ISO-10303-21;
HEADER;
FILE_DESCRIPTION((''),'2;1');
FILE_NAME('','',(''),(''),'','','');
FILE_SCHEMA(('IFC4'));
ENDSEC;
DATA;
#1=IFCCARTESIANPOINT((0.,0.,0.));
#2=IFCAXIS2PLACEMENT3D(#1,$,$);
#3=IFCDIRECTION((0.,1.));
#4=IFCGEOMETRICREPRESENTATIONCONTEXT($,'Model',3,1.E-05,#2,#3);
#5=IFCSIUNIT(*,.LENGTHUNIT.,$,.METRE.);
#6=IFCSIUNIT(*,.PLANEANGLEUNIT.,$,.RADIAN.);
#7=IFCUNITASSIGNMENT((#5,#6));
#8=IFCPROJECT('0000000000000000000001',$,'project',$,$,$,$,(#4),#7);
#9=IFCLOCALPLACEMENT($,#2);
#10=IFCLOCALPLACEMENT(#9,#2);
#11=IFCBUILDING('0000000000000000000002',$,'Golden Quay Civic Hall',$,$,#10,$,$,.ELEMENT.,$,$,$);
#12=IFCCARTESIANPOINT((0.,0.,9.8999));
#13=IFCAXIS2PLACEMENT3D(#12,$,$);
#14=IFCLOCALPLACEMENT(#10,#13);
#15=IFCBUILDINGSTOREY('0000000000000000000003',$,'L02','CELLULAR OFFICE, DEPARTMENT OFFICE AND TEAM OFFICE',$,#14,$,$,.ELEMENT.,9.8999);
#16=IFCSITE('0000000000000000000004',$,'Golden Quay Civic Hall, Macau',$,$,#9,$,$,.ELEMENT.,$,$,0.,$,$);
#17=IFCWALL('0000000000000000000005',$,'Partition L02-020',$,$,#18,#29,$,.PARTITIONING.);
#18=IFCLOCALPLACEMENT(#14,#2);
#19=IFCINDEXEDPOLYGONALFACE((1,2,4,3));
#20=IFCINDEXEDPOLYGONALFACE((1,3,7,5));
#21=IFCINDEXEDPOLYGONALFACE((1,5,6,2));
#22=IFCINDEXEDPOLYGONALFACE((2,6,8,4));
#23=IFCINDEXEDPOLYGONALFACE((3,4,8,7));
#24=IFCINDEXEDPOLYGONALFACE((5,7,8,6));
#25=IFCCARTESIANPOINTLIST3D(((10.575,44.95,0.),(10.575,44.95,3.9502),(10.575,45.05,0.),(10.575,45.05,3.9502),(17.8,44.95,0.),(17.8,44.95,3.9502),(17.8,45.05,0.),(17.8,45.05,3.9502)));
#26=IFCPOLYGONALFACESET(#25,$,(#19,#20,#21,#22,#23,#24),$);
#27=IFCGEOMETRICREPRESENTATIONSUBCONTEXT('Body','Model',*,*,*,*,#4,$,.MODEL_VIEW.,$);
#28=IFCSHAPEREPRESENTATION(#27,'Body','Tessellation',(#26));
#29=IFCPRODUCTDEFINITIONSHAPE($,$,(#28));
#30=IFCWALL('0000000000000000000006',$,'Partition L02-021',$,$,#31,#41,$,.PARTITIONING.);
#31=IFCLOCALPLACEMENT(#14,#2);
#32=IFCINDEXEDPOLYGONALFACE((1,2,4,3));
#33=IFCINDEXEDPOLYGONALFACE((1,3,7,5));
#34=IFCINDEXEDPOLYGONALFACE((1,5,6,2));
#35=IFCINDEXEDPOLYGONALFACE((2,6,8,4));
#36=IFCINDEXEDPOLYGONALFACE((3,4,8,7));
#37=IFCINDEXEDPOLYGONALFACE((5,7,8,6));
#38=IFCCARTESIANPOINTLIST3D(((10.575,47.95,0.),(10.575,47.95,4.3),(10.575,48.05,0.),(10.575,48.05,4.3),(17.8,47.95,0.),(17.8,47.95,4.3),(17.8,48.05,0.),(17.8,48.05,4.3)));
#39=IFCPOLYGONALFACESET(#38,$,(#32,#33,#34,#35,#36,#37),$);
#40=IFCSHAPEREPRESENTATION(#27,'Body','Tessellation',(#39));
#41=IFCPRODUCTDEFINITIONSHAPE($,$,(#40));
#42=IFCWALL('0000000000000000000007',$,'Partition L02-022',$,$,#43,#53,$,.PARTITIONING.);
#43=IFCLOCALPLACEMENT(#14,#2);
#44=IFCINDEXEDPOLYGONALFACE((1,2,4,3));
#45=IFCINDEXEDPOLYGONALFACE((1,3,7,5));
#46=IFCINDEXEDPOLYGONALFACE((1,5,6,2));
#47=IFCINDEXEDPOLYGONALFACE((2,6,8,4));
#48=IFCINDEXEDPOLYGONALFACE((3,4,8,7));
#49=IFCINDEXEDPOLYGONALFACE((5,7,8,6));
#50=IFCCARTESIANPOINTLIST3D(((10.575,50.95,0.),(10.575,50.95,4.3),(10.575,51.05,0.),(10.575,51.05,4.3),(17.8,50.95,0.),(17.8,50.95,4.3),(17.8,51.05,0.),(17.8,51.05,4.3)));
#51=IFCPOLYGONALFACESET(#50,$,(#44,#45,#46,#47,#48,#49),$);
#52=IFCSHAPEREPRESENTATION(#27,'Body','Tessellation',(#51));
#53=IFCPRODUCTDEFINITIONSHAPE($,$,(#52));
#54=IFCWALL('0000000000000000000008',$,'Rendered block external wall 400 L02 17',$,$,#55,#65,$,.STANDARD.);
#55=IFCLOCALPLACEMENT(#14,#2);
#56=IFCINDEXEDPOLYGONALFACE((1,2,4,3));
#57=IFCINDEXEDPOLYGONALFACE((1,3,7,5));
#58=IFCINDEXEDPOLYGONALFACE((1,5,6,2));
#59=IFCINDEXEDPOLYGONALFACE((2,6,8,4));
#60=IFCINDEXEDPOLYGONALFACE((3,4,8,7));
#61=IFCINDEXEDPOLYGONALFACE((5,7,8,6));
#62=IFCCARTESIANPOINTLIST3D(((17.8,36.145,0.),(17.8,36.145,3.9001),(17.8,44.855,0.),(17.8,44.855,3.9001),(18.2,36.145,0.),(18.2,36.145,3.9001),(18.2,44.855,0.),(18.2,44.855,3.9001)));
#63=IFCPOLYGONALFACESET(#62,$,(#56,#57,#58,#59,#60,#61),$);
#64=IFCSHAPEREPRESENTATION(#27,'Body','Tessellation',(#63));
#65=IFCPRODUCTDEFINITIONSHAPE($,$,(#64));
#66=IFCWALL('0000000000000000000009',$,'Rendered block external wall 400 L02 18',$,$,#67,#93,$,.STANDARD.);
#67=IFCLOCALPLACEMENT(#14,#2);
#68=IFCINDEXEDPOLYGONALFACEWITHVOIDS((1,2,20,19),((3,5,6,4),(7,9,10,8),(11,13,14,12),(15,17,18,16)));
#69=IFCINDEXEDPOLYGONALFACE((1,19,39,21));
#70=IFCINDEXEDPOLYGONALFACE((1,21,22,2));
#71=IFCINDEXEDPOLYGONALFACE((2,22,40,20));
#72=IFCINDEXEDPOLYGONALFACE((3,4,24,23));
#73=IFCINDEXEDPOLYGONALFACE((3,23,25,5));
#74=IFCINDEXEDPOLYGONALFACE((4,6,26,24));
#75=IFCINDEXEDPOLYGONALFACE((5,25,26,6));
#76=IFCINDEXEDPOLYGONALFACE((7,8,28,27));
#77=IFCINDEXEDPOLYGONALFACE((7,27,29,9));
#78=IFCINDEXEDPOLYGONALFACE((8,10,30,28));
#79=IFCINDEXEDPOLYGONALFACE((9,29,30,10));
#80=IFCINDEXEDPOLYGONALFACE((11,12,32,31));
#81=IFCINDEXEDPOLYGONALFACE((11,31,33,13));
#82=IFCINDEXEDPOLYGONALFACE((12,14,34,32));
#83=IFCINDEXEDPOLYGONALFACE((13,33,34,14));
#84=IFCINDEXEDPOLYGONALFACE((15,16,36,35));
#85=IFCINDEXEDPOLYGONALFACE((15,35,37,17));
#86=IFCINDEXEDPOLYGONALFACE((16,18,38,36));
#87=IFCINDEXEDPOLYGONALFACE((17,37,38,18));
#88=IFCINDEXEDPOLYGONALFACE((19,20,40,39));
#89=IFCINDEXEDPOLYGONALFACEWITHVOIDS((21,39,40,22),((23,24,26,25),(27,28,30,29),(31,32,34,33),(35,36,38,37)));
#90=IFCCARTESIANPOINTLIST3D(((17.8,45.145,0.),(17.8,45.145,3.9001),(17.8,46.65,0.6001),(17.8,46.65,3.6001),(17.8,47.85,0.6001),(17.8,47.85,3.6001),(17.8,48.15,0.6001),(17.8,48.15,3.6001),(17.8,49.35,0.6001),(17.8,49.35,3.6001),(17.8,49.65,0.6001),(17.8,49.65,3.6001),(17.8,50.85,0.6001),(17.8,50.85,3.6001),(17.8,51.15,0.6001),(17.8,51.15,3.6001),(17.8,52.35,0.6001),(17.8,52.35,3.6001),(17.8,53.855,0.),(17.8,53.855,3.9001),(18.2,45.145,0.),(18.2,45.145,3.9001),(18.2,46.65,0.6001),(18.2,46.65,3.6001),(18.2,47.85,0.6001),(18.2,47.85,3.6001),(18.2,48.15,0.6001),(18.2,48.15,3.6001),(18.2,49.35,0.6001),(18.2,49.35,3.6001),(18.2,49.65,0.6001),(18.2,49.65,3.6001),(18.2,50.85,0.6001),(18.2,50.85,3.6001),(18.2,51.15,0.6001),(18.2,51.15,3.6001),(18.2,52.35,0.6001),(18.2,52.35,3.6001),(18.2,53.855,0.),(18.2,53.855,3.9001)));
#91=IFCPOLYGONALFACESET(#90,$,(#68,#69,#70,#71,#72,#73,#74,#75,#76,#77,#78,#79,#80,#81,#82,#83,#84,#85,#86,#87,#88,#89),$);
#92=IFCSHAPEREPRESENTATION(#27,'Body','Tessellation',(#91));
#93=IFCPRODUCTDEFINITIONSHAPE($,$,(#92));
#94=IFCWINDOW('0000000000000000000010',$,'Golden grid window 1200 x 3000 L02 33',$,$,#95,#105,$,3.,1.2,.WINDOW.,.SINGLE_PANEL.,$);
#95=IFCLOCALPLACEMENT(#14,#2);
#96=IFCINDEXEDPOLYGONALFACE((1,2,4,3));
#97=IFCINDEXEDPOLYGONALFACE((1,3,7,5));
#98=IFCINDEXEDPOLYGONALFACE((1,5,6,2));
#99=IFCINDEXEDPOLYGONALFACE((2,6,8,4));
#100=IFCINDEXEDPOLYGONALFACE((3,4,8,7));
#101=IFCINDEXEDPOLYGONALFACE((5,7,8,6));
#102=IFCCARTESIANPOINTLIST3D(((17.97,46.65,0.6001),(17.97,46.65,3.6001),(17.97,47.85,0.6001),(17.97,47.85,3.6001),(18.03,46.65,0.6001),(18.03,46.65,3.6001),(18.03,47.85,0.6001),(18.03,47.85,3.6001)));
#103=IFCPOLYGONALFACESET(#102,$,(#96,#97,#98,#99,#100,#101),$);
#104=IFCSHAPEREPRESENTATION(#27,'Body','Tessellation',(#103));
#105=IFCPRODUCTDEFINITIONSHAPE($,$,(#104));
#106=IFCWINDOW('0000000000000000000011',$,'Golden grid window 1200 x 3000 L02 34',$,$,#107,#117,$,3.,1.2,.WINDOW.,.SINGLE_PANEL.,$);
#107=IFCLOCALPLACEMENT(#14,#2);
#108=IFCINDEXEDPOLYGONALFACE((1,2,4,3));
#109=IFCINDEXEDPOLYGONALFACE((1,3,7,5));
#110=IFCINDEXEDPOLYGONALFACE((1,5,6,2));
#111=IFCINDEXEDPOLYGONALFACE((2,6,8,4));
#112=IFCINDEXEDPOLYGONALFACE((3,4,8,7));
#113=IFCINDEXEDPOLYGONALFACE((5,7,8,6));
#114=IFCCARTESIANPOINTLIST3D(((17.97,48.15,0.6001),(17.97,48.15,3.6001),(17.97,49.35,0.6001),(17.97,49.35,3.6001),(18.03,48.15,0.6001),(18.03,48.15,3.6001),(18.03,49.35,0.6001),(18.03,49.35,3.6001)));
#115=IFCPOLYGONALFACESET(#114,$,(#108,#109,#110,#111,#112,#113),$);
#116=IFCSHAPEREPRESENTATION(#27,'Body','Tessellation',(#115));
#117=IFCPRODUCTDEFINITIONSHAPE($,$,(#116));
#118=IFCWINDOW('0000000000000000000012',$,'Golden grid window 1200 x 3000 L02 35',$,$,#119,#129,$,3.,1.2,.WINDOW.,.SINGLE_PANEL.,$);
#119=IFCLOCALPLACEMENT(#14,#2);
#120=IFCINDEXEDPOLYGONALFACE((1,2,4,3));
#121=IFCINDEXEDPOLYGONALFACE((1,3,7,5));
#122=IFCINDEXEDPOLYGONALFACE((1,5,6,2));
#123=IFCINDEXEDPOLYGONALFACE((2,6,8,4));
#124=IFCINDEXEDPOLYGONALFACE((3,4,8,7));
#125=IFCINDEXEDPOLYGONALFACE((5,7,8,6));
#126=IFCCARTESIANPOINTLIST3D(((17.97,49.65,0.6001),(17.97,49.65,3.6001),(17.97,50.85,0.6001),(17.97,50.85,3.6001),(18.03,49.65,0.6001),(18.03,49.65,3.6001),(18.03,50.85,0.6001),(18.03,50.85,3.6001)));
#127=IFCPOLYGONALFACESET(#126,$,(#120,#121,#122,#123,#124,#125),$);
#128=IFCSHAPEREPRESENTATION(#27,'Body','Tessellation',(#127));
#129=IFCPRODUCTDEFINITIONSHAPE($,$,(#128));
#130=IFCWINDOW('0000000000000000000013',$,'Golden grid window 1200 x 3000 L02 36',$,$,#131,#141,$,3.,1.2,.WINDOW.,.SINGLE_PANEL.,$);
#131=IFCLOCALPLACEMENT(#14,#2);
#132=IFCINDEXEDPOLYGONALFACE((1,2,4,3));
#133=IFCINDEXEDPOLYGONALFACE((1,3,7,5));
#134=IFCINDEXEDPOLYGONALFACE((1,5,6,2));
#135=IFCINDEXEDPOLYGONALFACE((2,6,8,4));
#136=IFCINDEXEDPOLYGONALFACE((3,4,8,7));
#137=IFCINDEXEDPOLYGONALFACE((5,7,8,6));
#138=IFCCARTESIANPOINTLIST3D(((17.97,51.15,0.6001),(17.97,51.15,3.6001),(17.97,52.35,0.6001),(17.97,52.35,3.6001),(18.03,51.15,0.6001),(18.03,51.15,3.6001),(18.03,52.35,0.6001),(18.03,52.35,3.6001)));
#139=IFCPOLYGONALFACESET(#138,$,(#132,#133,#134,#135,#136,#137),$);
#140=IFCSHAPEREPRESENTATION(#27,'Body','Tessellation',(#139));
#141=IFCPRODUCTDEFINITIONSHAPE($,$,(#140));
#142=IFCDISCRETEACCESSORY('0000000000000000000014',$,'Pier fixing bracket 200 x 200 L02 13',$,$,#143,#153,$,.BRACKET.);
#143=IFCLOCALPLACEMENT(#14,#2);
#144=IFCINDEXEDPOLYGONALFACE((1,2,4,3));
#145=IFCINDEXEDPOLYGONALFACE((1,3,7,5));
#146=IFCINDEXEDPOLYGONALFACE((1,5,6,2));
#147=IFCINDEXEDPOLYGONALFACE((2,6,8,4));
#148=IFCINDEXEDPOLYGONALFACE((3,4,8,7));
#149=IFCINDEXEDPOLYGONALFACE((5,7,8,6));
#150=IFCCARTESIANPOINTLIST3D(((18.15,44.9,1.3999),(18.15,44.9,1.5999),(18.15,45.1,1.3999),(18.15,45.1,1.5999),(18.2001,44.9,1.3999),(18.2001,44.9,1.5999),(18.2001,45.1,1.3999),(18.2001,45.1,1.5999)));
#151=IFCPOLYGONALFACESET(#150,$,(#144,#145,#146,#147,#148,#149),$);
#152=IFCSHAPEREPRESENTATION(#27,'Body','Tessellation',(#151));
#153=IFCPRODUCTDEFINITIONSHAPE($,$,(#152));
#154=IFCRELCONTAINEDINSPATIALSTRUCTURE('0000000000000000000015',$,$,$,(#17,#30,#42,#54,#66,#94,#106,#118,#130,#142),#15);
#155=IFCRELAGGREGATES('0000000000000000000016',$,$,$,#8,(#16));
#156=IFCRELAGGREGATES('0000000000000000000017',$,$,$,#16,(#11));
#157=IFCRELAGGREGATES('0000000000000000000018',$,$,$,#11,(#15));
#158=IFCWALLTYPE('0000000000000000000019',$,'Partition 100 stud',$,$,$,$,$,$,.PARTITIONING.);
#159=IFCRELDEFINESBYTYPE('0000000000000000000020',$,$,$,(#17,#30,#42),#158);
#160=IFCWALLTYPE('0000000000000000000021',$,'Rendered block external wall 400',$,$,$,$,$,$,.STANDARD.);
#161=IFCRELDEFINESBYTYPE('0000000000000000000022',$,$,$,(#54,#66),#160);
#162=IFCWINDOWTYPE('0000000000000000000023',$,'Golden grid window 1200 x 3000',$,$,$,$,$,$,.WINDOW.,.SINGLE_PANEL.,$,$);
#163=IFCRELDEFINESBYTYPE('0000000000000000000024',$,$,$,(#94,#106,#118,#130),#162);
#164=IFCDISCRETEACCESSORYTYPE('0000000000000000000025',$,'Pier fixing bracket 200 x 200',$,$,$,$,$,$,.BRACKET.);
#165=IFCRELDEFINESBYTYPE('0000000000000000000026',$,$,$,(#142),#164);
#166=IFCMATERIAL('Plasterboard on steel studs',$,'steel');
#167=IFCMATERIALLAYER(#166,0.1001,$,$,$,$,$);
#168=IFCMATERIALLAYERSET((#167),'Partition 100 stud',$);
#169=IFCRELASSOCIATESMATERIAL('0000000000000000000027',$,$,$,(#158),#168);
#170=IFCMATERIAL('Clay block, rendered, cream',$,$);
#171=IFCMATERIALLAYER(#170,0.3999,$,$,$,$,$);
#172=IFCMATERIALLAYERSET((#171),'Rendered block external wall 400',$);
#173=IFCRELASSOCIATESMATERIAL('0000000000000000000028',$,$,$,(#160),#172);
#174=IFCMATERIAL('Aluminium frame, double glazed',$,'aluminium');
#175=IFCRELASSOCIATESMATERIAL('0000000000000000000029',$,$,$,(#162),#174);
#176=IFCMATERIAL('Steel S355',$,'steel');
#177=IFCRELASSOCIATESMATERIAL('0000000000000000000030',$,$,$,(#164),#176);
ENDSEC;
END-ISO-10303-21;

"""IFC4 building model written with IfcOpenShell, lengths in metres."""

from ifc_helpers import new_model, si_unit, direction, frame, frame_2d, origin, origin_2d, place, context, subcontext, project, spatial, rectangle, extrude, material, layer, layer_set, type_object, element, fill, save


model = new_model("IFC4")

# Units and contexts
model_context = context("Model", 3, precision=1e-05, world=origin(), true_north=direction((0.0, 1.0)))
body_context = subcontext(model_context, "Body", "Model", "MODEL_VIEW")
ifc_project = project(units=[si_unit("LENGTHUNIT", "METRE"), si_unit("PLANEANGLEUNIT", "RADIAN")], contexts=[model_context])

# Site, building, storey
site_placement = place(None, origin())
site = spatial("IfcSite", under=ifc_project, at=site_placement, Name="Golden Quay Civic Hall, Macau", CompositionType="ELEMENT", RefElevation=0.0)
building_placement = place(site_placement, origin())
building = spatial("IfcBuilding", under=site, at=building_placement, Name="Golden Quay Civic Hall", CompositionType="ELEMENT")
storey_placement = place(building_placement, frame((0.0, 0.0, 9.8999)))
storey = spatial("IfcBuildingStorey", under=building, at=storey_placement, Name="L02", Description="CELLULAR OFFICE, DEPARTMENT OFFICE AND TEAM OFFICE", CompositionType="ELEMENT", Elevation=9.8999)

# Walls
ifc_material_1 = material(Name="Plasterboard on steel studs", Category="steel")
ifc_layer_1 = layer(ifc_material_1, 0.1001)
ifc_layer_set_1 = layer_set([ifc_layer_1], Name="Partition 100 stud")
wall_type_1 = type_object("IfcWallType", Name="Partition 100 stud", PredefinedType="PARTITIONING", material=ifc_layer_set_1)
wall_1_placement = place(storey_placement, frame((10.575, 45.0, 0.0), z_axis=(0.0, 0.0, 1.0), x_axis=(1.0, 0.0, 0.0)))
element("IfcWall", 1, at=wall_1_placement, inside=storey, type_object=wall_type_1, Name="Partition L02-020", PredefinedType="PARTITIONING", context=body_context, shape_type="SweptSolid", body=[
    extrude(rectangle(XDim=7.2251, YDim=0.1001, at=frame_2d((3.6125, 0.0))), origin(), (0.0, 0.0, 1.0), 3.9502),
])
for number, where, z_axis, x_axis, name in (
    (2, (10.575, 48.0, 0.0), (0.0, 0.0, 1.0), (1.0, 0.0, 0.0), "Partition L02-021"),
    (3, (10.575, 51.0, 0.0), (0.0, 0.0, 1.0), (1.0, 0.0, 0.0), "Partition L02-022"),
):
    element("IfcWall", number, at=place(storey_placement, frame(where, z_axis=z_axis, x_axis=x_axis)), inside=storey, type_object=wall_type_1, Name=name, PredefinedType="PARTITIONING", context=body_context, shape_type="SweptSolid", body=[
        extrude(rectangle(XDim=7.2251, YDim=0.1001, at=frame_2d((3.6125, 0.0))), origin(), (0.0, 0.0, 1.0), 4.3),
    ])
ifc_material_2 = material(Name="Clay block, rendered, cream")
ifc_layer_2 = layer(ifc_material_2, 0.3999)
ifc_layer_set_2 = layer_set([ifc_layer_2], Name="Rendered block external wall 400")
wall_type_2 = type_object("IfcWallType", Name="Rendered block external wall 400", PredefinedType="STANDARD", material=ifc_layer_set_2)
wall_2_placement = place(storey_placement, frame((18.0, 44.855, 0.0), z_axis=(0.0, 0.0, 1.0), x_axis=(0.0, -1.0, 0.0)))
element("IfcWall", 4, at=wall_2_placement, inside=storey, type_object=wall_type_2, Name="Rendered block external wall 400 L02 17", PredefinedType="STANDARD", context=body_context, shape_type="SweptSolid", body=[
    extrude(rectangle(XDim=8.71, YDim=0.3999, at=frame_2d((4.355, 0.0))), origin(), (0.0, 0.0, 1.0), 3.9001),
])

# Wall, openings, windows
wall_3_placement = place(storey_placement, frame((18.0, 53.855, 0.0), z_axis=(0.0, 0.0, 1.0), x_axis=(0.0, -1.0, 0.0)))
wall_3 = element("IfcWall", 5, at=wall_3_placement, inside=storey, type_object=wall_type_2, Name="Rendered block external wall 400 L02 18", PredefinedType="STANDARD", context=body_context, shape_type="SweptSolid", body=[
    extrude(rectangle(XDim=8.71, YDim=0.3999, at=frame_2d((4.355, 0.0))), origin(), (0.0, 0.0, 1.0), 3.9001),
])
opening_1_placement = place(wall_3_placement, frame((6.0049, 0.0, 0.6001)))
opening_1 = element("IfcOpeningElement", 6, at=opening_1_placement, cuts=wall_3, PredefinedType="OPENING", context=body_context, shape_type="SweptSolid", body=[
    extrude(rectangle(XDim=1.2, YDim=3.0, at=frame_2d((0.6001, 1.5))), frame((0.0, 0.21, 0.0), z_axis=(0.0, -1.0, 0.0), x_axis=(1.0, 0.0, 0.0)), (0.0, 0.0, 1.0), 0.4199),
])
opening_2_placement = place(wall_3_placement, frame((4.5049, 0.0, 0.6001)))
opening_2 = element("IfcOpeningElement", 7, at=opening_2_placement, cuts=wall_3, PredefinedType="OPENING", context=body_context, shape_type="SweptSolid", body=[
    extrude(rectangle(XDim=1.2, YDim=3.0, at=frame_2d((0.6001, 1.5))), frame((0.0, 0.21, 0.0), z_axis=(0.0, -1.0, 0.0), x_axis=(1.0, 0.0, 0.0)), (0.0, 0.0, 1.0), 0.4199),
])
opening_3_placement = place(wall_3_placement, frame((3.0049, 0.0, 0.6001)))
opening_3 = element("IfcOpeningElement", 8, at=opening_3_placement, cuts=wall_3, PredefinedType="OPENING", context=body_context, shape_type="SweptSolid", body=[
    extrude(rectangle(XDim=1.2, YDim=3.0, at=frame_2d((0.6001, 1.5))), frame((0.0, 0.21, 0.0), z_axis=(0.0, -1.0, 0.0), x_axis=(1.0, 0.0, 0.0)), (0.0, 0.0, 1.0), 0.4199),
])
opening_4_placement = place(wall_3_placement, frame((1.5049, 0.0, 0.6001)))
opening_4 = element("IfcOpeningElement", 9, at=opening_4_placement, cuts=wall_3, PredefinedType="OPENING", context=body_context, shape_type="SweptSolid", body=[
    extrude(rectangle(XDim=1.2, YDim=3.0, at=frame_2d((0.6001, 1.5))), frame((0.0, 0.21, 0.0), z_axis=(0.0, -1.0, 0.0), x_axis=(1.0, 0.0, 0.0)), (0.0, 0.0, 1.0), 0.4199),
])
ifc_material_3 = material(Name="Aluminium frame, double glazed", Category="aluminium")
window_type = type_object("IfcWindowType", Name="Golden grid window 1200 x 3000", PartitioningType="SINGLE_PANEL", PredefinedType="WINDOW", material=ifc_material_3)
window_1_placement = place(opening_1_placement, origin())
window_1 = element("IfcWindow", 10, at=window_1_placement, inside=storey, type_object=window_type, Name="Golden grid window 1200 x 3000 L02 33", OverallHeight=3.0, OverallWidth=1.2, PartitioningType="SINGLE_PANEL", PredefinedType="WINDOW", context=body_context, shape_type="SweptSolid", body=[
    extrude(rectangle(XDim=1.2, YDim=3.0, at=frame_2d((0.6001, 1.5))), frame((0.0, 0.03, 0.0), z_axis=(0.0, -1.0, 0.0), x_axis=(1.0, 0.0, 0.0)), (0.0, 0.0, 1.0), 0.0601),
])
fill(opening_1, window_1)
window_2_placement = place(opening_2_placement, origin())
window_2 = element("IfcWindow", 11, at=window_2_placement, inside=storey, type_object=window_type, Name="Golden grid window 1200 x 3000 L02 34", OverallHeight=3.0, OverallWidth=1.2, PartitioningType="SINGLE_PANEL", PredefinedType="WINDOW", context=body_context, shape_type="SweptSolid", body=[
    extrude(rectangle(XDim=1.2, YDim=3.0, at=frame_2d((0.6001, 1.5))), frame((0.0, 0.03, 0.0), z_axis=(0.0, -1.0, 0.0), x_axis=(1.0, 0.0, 0.0)), (0.0, 0.0, 1.0), 0.0601),
])
fill(opening_2, window_2)
window_3_placement = place(opening_3_placement, origin())
window_3 = element("IfcWindow", 12, at=window_3_placement, inside=storey, type_object=window_type, Name="Golden grid window 1200 x 3000 L02 35", OverallHeight=3.0, OverallWidth=1.2, PartitioningType="SINGLE_PANEL", PredefinedType="WINDOW", context=body_context, shape_type="SweptSolid", body=[
    extrude(rectangle(XDim=1.2, YDim=3.0, at=frame_2d((0.6001, 1.5))), frame((0.0, 0.03, 0.0), z_axis=(0.0, -1.0, 0.0), x_axis=(1.0, 0.0, 0.0)), (0.0, 0.0, 1.0), 0.0601),
])
fill(opening_3, window_3)
window_4_placement = place(opening_4_placement, origin())
window_4 = element("IfcWindow", 13, at=window_4_placement, inside=storey, type_object=window_type, Name="Golden grid window 1200 x 3000 L02 36", OverallHeight=3.0, OverallWidth=1.2, PartitioningType="SINGLE_PANEL", PredefinedType="WINDOW", context=body_context, shape_type="SweptSolid", body=[
    extrude(rectangle(XDim=1.2, YDim=3.0, at=frame_2d((0.6001, 1.5))), frame((0.0, 0.03, 0.0), z_axis=(0.0, -1.0, 0.0), x_axis=(1.0, 0.0, 0.0)), (0.0, 0.0, 1.0), 0.0601),
])
fill(opening_4, window_4)

# Discrete accessory
ifc_material_4 = material(Name="Steel S355", Category="steel")
discrete_accessory_type = type_object("IfcDiscreteAccessoryType", Name="Pier fixing bracket 200 x 200", PredefinedType="BRACKET", material=ifc_material_4)
discrete_accessory_placement = place(storey_placement, frame((18.175, 45.0, 1.3999), z_axis=(0.0, 0.0, 1.0), x_axis=(0.0, 1.0, 0.0)))
element("IfcDiscreteAccessory", 14, at=discrete_accessory_placement, inside=storey, type_object=discrete_accessory_type, Name="Pier fixing bracket 200 x 200 L02 13", PredefinedType="BRACKET", context=body_context, shape_type="SweptSolid", body=[
    extrude(rectangle(XDim=0.2, YDim=0.05, at=origin_2d()), origin(), (0.0, 0.0, 1.0), 0.2),
])

save(model, "model.ifc")
